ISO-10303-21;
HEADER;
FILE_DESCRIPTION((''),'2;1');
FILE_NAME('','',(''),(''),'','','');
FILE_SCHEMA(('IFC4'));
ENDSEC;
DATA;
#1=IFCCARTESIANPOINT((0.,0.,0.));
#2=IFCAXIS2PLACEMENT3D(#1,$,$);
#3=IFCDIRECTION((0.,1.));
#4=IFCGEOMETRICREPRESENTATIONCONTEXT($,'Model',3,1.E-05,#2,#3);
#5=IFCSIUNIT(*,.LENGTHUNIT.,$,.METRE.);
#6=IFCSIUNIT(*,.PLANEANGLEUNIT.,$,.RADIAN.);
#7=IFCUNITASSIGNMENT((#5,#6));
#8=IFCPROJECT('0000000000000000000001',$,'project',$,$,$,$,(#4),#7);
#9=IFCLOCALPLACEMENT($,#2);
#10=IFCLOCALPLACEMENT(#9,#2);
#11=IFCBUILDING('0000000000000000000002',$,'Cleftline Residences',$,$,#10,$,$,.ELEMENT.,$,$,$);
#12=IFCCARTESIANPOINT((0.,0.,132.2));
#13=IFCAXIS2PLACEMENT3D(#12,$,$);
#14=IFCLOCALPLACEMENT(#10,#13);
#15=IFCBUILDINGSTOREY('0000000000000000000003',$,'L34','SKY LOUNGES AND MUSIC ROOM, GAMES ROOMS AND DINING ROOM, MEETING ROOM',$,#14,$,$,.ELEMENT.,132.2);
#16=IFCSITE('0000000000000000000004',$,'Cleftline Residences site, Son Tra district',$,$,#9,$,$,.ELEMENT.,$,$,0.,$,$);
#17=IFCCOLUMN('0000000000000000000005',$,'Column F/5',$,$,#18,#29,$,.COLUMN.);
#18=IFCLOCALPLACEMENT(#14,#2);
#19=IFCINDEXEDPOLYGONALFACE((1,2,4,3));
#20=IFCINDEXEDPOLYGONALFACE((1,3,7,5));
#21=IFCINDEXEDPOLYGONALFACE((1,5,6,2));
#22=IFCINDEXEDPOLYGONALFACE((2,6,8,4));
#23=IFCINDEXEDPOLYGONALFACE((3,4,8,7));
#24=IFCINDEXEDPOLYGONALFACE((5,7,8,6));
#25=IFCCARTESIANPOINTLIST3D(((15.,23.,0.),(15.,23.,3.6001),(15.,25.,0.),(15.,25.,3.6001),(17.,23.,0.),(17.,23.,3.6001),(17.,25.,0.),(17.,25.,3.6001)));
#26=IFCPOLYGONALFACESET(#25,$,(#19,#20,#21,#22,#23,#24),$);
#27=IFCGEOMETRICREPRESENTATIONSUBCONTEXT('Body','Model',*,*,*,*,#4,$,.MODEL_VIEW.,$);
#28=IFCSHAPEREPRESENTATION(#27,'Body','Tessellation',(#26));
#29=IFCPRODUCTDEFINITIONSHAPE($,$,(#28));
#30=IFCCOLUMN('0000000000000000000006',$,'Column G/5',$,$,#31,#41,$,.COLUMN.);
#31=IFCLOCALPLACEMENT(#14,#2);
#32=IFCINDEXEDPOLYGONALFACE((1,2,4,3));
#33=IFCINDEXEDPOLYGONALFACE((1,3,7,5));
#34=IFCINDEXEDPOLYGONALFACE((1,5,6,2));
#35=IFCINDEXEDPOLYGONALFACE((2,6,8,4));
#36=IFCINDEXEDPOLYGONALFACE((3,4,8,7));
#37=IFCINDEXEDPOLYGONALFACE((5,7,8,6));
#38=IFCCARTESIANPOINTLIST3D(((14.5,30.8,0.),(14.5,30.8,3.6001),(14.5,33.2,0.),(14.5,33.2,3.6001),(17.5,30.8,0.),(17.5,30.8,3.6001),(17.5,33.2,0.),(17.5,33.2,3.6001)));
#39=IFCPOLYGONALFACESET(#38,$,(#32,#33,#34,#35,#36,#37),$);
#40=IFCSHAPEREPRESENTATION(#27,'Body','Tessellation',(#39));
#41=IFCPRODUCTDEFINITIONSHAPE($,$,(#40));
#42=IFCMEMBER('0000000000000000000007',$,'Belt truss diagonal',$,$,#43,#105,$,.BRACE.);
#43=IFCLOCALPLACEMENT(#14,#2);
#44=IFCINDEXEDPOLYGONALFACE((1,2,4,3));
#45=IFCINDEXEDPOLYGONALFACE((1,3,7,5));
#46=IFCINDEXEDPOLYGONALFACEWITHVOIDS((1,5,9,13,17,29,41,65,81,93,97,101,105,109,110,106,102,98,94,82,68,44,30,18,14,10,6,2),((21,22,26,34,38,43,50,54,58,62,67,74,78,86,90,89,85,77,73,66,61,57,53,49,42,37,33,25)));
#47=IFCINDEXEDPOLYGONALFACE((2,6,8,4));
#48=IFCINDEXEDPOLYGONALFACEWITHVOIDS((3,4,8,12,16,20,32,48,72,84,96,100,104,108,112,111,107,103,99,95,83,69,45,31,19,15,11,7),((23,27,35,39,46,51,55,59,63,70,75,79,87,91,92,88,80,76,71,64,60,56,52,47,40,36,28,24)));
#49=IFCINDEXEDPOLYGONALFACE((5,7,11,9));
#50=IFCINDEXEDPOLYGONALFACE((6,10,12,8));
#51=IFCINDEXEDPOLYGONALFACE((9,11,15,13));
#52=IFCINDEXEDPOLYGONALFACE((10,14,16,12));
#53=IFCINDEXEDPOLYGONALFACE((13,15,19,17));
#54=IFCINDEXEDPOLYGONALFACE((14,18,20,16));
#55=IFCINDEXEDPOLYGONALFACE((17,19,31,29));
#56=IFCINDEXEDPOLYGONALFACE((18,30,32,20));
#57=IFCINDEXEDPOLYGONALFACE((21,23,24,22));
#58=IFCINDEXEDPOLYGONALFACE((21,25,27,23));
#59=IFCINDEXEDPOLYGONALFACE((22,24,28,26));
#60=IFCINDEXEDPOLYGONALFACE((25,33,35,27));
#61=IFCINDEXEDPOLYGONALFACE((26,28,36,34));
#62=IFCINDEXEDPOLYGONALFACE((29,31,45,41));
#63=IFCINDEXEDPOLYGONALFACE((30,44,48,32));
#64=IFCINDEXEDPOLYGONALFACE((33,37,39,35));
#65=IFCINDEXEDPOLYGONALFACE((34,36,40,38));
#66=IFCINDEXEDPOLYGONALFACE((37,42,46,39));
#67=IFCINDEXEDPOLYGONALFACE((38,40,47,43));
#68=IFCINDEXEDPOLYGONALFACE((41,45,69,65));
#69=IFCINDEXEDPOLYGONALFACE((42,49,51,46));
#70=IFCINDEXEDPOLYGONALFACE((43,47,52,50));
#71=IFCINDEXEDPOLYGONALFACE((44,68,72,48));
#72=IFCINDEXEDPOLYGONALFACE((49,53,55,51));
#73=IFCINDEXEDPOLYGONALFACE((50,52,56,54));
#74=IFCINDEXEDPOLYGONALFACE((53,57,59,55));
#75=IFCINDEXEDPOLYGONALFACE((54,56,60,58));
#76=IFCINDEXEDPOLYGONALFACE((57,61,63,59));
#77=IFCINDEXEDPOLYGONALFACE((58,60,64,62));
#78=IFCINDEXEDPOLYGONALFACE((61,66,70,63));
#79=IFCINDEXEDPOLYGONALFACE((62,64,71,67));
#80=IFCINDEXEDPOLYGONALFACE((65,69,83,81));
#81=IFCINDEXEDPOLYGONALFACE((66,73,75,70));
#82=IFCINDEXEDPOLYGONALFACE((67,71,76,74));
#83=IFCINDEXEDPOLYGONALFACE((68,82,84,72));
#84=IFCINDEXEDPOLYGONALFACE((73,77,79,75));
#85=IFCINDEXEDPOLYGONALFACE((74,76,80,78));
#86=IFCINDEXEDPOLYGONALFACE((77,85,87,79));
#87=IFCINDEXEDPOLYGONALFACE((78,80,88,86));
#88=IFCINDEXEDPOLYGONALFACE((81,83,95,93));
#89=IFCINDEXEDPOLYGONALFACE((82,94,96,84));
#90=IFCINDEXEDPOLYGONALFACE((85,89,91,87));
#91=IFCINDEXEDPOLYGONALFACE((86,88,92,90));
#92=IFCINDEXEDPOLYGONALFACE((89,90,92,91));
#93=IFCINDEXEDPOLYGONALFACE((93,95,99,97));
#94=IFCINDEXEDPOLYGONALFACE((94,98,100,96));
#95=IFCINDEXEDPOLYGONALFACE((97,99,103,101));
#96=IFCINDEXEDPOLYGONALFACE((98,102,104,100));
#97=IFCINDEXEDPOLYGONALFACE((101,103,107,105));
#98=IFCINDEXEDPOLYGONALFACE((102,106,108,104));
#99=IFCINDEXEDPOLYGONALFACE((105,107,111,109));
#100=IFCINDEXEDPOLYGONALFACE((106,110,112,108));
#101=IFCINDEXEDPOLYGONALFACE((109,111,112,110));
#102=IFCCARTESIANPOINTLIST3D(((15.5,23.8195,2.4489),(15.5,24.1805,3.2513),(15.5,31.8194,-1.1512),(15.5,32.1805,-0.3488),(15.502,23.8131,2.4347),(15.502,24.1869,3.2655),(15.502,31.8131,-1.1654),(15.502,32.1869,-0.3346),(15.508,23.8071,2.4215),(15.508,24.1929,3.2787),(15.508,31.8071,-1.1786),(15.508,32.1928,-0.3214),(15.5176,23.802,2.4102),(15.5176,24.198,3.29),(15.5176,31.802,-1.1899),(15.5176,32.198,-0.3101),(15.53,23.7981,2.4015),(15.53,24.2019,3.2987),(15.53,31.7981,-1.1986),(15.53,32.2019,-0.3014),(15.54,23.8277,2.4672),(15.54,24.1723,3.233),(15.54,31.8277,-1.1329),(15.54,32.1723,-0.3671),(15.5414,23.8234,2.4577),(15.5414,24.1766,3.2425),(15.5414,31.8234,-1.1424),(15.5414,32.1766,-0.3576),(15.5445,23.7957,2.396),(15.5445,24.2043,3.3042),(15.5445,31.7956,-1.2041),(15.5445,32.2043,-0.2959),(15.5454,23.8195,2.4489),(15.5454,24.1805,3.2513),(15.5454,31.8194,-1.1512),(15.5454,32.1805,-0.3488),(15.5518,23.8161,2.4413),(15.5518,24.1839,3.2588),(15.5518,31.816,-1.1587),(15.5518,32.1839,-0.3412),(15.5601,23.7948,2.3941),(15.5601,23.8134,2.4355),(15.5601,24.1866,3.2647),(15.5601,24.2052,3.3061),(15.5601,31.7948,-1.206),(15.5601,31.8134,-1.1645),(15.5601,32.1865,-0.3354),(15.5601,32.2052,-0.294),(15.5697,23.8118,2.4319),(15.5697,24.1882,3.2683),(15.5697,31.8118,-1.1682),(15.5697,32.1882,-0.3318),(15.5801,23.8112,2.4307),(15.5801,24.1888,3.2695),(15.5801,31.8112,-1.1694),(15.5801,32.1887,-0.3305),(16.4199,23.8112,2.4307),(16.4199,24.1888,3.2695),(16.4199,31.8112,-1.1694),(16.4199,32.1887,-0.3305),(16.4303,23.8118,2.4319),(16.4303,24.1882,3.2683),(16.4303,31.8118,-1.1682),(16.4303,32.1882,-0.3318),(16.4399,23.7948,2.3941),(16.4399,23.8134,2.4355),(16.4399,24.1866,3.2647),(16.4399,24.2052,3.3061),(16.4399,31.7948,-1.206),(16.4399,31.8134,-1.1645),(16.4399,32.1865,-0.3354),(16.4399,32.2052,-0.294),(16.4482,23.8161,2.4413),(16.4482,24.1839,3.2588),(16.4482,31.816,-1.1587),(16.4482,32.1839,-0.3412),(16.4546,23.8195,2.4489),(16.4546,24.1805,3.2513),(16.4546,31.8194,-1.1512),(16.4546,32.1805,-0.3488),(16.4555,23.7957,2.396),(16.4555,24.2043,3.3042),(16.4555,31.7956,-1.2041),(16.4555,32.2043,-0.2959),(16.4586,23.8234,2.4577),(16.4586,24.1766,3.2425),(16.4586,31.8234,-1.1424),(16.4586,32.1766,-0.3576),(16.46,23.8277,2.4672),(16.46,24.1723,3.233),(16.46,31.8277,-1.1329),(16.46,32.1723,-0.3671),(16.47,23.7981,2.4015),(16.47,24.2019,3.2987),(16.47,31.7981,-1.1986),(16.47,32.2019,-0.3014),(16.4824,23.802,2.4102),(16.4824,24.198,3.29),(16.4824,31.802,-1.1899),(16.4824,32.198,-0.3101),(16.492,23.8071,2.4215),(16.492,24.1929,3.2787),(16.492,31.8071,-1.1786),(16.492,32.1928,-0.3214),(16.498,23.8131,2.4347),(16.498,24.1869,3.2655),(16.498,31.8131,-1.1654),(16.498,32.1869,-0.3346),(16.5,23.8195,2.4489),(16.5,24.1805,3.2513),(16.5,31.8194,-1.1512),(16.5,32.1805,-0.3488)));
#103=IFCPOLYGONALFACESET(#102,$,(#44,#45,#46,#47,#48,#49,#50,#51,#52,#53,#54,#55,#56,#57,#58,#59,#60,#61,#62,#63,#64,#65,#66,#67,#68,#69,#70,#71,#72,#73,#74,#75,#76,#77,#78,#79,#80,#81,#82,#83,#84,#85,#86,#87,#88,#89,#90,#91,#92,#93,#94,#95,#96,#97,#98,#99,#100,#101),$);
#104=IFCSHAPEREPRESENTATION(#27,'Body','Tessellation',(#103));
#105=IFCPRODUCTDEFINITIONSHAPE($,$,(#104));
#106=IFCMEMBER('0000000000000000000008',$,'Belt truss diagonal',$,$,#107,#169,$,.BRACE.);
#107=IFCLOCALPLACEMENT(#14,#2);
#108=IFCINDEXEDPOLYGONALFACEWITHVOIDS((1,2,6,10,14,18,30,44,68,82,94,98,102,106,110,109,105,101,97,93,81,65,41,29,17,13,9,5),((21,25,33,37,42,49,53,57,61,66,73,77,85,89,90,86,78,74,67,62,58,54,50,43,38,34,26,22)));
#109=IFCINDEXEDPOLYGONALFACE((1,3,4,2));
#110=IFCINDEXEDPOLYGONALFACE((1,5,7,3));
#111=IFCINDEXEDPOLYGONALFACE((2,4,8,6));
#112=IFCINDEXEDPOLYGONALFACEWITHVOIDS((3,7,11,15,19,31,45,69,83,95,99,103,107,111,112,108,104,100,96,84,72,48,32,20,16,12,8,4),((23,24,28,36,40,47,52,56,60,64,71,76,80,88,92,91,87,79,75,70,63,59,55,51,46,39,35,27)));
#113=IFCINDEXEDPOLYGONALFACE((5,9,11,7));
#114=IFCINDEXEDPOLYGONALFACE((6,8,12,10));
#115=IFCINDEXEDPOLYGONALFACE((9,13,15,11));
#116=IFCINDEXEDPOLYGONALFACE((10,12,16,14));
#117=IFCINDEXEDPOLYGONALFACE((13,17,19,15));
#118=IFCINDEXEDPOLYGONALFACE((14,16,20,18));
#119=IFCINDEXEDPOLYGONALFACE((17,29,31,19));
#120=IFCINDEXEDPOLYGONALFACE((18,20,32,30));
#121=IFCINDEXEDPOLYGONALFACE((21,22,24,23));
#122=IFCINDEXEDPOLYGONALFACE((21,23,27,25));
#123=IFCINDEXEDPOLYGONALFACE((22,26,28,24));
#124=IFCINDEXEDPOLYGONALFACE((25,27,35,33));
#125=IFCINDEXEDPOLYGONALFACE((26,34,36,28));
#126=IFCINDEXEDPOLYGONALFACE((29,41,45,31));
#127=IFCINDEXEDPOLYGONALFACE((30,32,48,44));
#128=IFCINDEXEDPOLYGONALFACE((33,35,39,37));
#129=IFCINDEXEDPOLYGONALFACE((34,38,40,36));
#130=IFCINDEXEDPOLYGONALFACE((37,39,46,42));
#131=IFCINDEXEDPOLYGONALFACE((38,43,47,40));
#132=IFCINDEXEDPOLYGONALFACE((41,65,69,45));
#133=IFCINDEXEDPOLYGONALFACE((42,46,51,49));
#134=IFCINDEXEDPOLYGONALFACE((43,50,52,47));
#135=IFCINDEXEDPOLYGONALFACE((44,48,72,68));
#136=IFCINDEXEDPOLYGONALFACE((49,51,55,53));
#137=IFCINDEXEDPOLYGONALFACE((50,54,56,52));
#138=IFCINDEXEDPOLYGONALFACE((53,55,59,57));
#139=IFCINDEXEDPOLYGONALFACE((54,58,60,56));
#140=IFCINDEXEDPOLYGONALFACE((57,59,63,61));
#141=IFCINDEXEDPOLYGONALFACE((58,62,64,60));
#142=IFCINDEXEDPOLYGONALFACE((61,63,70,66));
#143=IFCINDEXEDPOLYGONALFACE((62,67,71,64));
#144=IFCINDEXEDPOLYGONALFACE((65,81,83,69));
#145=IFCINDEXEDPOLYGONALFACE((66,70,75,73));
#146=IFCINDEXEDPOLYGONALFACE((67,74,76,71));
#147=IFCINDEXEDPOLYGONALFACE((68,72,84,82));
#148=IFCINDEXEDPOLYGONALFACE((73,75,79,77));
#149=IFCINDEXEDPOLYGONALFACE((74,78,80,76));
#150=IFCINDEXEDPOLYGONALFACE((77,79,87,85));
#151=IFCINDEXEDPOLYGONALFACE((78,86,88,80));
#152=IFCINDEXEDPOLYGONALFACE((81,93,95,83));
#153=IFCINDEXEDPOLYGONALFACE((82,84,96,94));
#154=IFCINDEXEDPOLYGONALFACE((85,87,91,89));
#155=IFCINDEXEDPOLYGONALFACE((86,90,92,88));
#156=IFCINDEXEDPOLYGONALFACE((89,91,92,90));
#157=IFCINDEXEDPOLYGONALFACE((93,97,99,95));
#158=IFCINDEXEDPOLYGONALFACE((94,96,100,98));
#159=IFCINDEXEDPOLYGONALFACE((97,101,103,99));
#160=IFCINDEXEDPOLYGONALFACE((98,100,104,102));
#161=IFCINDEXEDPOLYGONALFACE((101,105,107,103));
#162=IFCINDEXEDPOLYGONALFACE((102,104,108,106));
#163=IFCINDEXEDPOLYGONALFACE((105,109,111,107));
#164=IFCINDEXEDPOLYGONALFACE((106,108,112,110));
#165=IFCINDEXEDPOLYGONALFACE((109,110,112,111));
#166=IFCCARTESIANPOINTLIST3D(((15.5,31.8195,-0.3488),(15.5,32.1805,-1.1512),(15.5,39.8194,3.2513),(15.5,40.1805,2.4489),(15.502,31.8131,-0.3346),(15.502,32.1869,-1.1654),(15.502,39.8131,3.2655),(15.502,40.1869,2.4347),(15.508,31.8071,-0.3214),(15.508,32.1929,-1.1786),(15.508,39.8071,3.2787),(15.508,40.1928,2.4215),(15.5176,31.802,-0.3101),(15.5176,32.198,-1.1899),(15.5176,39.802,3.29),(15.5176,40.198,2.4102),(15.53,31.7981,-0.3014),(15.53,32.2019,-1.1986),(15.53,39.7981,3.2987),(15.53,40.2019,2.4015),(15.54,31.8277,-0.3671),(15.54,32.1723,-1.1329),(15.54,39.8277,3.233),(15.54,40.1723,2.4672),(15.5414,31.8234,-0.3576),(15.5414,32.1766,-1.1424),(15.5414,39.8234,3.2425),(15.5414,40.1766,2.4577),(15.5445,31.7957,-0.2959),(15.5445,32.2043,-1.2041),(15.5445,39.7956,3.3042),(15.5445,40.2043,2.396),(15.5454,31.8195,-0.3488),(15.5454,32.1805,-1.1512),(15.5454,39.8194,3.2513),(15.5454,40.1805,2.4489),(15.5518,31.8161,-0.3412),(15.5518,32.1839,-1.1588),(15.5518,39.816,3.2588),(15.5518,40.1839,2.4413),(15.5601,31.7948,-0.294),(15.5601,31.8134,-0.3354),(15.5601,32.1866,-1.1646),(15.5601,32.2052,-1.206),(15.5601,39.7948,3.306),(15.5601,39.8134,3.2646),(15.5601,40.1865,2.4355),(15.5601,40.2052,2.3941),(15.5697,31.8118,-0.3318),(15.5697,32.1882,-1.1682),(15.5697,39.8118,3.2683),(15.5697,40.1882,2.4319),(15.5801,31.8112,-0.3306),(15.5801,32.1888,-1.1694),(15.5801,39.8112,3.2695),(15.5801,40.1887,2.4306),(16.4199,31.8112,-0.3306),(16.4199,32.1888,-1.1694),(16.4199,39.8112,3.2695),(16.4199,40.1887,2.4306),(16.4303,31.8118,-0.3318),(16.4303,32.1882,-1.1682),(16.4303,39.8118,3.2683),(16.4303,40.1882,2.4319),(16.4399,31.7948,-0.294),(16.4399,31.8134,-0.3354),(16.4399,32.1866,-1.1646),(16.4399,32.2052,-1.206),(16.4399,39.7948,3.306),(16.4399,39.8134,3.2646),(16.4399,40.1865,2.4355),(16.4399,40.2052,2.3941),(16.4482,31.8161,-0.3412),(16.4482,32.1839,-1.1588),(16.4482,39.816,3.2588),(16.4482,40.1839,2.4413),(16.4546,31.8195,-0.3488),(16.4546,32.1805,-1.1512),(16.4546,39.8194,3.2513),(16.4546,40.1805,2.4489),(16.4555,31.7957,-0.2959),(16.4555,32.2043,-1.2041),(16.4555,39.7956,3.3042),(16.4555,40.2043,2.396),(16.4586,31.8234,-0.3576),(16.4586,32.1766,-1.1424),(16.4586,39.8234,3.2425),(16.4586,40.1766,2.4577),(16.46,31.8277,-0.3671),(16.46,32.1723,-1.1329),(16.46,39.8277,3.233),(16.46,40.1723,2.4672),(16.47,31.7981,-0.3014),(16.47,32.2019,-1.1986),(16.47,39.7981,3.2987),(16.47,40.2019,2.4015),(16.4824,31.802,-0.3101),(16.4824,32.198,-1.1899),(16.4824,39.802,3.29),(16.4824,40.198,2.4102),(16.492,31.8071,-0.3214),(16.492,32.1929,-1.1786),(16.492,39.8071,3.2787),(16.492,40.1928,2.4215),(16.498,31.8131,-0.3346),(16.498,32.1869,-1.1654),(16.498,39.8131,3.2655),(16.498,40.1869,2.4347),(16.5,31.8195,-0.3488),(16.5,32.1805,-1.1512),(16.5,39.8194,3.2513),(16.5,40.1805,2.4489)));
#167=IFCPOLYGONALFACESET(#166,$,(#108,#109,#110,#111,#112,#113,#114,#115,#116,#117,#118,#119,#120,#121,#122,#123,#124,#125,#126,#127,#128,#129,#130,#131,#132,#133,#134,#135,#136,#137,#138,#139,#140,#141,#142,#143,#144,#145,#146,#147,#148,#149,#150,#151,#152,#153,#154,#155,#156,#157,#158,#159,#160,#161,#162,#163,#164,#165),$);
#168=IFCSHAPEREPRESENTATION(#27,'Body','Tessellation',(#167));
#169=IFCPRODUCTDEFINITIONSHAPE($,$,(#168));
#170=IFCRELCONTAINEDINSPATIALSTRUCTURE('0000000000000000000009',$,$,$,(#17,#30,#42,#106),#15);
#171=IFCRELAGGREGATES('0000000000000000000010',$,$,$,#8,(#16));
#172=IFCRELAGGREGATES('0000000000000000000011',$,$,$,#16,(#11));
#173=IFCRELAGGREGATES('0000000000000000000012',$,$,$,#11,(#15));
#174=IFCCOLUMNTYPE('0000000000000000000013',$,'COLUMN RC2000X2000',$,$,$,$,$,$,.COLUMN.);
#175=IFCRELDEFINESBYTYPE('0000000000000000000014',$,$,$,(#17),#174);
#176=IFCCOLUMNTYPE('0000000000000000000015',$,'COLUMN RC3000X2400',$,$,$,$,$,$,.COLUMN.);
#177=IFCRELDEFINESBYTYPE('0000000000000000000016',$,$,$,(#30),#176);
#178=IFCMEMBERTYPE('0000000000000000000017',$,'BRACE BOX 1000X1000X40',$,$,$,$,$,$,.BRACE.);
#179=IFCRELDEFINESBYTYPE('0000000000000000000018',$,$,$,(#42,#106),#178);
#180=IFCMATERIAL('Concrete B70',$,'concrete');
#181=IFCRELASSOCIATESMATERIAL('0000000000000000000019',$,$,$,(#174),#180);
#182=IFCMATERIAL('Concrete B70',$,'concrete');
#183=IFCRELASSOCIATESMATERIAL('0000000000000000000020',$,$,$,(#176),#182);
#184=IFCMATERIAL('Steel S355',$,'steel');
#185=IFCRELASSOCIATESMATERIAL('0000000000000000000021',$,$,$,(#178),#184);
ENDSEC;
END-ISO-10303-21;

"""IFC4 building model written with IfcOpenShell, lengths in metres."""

from ifc_helpers import new_model, si_unit, direction, frame, origin, origin_2d, place, context, subcontext, project, spatial, rectangle, hollow_rectangle, extrude, material, material_profile, profile_set, type_object, element, save


model = new_model("IFC4")

# Units and contexts
model_context = context("Model", 3, precision=1e-05, world=origin(), true_north=direction((0.0, 1.0)))
body_context = subcontext(model_context, "Body", "Model", "MODEL_VIEW")
ifc_project = project(units=[si_unit("LENGTHUNIT", "METRE"), si_unit("PLANEANGLEUNIT", "RADIAN")], contexts=[model_context])

# Site, building, storey
site_placement = place(None, origin())
site = spatial("IfcSite", under=ifc_project, at=site_placement, Name="Cleftline Residences site, Son Tra district", CompositionType="ELEMENT", RefElevation=0.0)
building_placement = place(site_placement, origin())
building = spatial("IfcBuilding", under=site, at=building_placement, Name="Cleftline Residences", CompositionType="ELEMENT")
storey_placement = place(building_placement, frame((0.0, 0.0, 132.2)))
storey = spatial("IfcBuildingStorey", under=building, at=storey_placement, Name="L34", Description="SKY LOUNGES AND MUSIC ROOM, GAMES ROOMS AND DINING ROOM, MEETING ROOM", CompositionType="ELEMENT", Elevation=132.2)

# Columns
ifc_material_1 = material(Name="Concrete B70", Category="concrete")
ifc_material_profile_1 = material_profile(ifc_material_1, rectangle(XDim=2.0, YDim=2.0, at=origin_2d()))
ifc_profile_set_1 = profile_set([ifc_material_profile_1], Name="Concrete B70")
column_type_1 = type_object("IfcColumnType", Name="COLUMN RC2000X2000", PredefinedType="COLUMN", material=ifc_profile_set_1)
column_1_placement = place(storey_placement, frame((16.0, 24.0, 0.0), z_axis=(0.0, 0.0, 1.0), x_axis=(1.0, 0.0, 0.0)))
element("IfcColumn", 1, at=column_1_placement, inside=storey, type_object=column_type_1, Name="Column F/5", PredefinedType="COLUMN", context=body_context, shape_type="SweptSolid", body=[
    extrude(rectangle(XDim=2.0, YDim=2.0, at=origin_2d()), origin(), (0.0, 0.0, 1.0), 3.6001),
])
ifc_material_2 = material(Name="Concrete B70", Category="concrete")
ifc_material_profile_2 = material_profile(ifc_material_2, rectangle(XDim=3.0, YDim=2.3999, at=origin_2d()))
ifc_profile_set_2 = profile_set([ifc_material_profile_2], Name="Concrete B70")
column_type_2 = type_object("IfcColumnType", Name="COLUMN RC3000X2400", PredefinedType="COLUMN", material=ifc_profile_set_2)
column_2_placement = place(storey_placement, frame((16.0, 32.0, 0.0), z_axis=(0.0, 0.0, 1.0), x_axis=(1.0, 0.0, 0.0)))
element("IfcColumn", 2, at=column_2_placement, inside=storey, type_object=column_type_2, Name="Column G/5", PredefinedType="COLUMN", context=body_context, shape_type="SweptSolid", body=[
    extrude(rectangle(XDim=3.0, YDim=2.3999, at=origin_2d()), origin(), (0.0, 0.0, 1.0), 3.6001),
])

# Members
ifc_material_3 = material(Name="Steel S355", Category="steel")
ifc_material_profile_3 = material_profile(ifc_material_3, hollow_rectangle(XDim=1.0, YDim=1.0, WallThickness=0.04, InnerFilletRadius=0.04, OuterFilletRadius=0.0601, at=origin_2d()))
ifc_profile_set_3 = profile_set([ifc_material_profile_3], Name="Steel S355")
member_type_1 = type_object("IfcMemberType", Name="BRACE BOX 1000X1000X40", PredefinedType="BRACE", material=ifc_profile_set_3)
for number, where, z_axis, x_axis, name in (
    (3, (16.0, 24.0, 2.8501), (0.0, 0.911917, -0.410374), (0.0, 0.410374, 0.911917), "Belt truss diagonal"),
    (4, (16.0, 32.0, -0.75), (0.0, 0.911917, 0.410374), (0.0, -0.410374, 0.911917), "Belt truss diagonal"),
):
    element("IfcMember", number, at=place(storey_placement, frame(where, z_axis=z_axis, x_axis=x_axis)), inside=storey, type_object=member_type_1, Name=name, PredefinedType="BRACE", context=body_context, shape_type="SweptSolid", body=[
        extrude(hollow_rectangle(XDim=1.0, YDim=1.0, WallThickness=0.04, InnerFilletRadius=0.04, OuterFilletRadius=0.0601, at=origin_2d()), origin(), (0.0, 0.0, 1.0), 8.7727),
    ])

save(model, "model.ifc")
